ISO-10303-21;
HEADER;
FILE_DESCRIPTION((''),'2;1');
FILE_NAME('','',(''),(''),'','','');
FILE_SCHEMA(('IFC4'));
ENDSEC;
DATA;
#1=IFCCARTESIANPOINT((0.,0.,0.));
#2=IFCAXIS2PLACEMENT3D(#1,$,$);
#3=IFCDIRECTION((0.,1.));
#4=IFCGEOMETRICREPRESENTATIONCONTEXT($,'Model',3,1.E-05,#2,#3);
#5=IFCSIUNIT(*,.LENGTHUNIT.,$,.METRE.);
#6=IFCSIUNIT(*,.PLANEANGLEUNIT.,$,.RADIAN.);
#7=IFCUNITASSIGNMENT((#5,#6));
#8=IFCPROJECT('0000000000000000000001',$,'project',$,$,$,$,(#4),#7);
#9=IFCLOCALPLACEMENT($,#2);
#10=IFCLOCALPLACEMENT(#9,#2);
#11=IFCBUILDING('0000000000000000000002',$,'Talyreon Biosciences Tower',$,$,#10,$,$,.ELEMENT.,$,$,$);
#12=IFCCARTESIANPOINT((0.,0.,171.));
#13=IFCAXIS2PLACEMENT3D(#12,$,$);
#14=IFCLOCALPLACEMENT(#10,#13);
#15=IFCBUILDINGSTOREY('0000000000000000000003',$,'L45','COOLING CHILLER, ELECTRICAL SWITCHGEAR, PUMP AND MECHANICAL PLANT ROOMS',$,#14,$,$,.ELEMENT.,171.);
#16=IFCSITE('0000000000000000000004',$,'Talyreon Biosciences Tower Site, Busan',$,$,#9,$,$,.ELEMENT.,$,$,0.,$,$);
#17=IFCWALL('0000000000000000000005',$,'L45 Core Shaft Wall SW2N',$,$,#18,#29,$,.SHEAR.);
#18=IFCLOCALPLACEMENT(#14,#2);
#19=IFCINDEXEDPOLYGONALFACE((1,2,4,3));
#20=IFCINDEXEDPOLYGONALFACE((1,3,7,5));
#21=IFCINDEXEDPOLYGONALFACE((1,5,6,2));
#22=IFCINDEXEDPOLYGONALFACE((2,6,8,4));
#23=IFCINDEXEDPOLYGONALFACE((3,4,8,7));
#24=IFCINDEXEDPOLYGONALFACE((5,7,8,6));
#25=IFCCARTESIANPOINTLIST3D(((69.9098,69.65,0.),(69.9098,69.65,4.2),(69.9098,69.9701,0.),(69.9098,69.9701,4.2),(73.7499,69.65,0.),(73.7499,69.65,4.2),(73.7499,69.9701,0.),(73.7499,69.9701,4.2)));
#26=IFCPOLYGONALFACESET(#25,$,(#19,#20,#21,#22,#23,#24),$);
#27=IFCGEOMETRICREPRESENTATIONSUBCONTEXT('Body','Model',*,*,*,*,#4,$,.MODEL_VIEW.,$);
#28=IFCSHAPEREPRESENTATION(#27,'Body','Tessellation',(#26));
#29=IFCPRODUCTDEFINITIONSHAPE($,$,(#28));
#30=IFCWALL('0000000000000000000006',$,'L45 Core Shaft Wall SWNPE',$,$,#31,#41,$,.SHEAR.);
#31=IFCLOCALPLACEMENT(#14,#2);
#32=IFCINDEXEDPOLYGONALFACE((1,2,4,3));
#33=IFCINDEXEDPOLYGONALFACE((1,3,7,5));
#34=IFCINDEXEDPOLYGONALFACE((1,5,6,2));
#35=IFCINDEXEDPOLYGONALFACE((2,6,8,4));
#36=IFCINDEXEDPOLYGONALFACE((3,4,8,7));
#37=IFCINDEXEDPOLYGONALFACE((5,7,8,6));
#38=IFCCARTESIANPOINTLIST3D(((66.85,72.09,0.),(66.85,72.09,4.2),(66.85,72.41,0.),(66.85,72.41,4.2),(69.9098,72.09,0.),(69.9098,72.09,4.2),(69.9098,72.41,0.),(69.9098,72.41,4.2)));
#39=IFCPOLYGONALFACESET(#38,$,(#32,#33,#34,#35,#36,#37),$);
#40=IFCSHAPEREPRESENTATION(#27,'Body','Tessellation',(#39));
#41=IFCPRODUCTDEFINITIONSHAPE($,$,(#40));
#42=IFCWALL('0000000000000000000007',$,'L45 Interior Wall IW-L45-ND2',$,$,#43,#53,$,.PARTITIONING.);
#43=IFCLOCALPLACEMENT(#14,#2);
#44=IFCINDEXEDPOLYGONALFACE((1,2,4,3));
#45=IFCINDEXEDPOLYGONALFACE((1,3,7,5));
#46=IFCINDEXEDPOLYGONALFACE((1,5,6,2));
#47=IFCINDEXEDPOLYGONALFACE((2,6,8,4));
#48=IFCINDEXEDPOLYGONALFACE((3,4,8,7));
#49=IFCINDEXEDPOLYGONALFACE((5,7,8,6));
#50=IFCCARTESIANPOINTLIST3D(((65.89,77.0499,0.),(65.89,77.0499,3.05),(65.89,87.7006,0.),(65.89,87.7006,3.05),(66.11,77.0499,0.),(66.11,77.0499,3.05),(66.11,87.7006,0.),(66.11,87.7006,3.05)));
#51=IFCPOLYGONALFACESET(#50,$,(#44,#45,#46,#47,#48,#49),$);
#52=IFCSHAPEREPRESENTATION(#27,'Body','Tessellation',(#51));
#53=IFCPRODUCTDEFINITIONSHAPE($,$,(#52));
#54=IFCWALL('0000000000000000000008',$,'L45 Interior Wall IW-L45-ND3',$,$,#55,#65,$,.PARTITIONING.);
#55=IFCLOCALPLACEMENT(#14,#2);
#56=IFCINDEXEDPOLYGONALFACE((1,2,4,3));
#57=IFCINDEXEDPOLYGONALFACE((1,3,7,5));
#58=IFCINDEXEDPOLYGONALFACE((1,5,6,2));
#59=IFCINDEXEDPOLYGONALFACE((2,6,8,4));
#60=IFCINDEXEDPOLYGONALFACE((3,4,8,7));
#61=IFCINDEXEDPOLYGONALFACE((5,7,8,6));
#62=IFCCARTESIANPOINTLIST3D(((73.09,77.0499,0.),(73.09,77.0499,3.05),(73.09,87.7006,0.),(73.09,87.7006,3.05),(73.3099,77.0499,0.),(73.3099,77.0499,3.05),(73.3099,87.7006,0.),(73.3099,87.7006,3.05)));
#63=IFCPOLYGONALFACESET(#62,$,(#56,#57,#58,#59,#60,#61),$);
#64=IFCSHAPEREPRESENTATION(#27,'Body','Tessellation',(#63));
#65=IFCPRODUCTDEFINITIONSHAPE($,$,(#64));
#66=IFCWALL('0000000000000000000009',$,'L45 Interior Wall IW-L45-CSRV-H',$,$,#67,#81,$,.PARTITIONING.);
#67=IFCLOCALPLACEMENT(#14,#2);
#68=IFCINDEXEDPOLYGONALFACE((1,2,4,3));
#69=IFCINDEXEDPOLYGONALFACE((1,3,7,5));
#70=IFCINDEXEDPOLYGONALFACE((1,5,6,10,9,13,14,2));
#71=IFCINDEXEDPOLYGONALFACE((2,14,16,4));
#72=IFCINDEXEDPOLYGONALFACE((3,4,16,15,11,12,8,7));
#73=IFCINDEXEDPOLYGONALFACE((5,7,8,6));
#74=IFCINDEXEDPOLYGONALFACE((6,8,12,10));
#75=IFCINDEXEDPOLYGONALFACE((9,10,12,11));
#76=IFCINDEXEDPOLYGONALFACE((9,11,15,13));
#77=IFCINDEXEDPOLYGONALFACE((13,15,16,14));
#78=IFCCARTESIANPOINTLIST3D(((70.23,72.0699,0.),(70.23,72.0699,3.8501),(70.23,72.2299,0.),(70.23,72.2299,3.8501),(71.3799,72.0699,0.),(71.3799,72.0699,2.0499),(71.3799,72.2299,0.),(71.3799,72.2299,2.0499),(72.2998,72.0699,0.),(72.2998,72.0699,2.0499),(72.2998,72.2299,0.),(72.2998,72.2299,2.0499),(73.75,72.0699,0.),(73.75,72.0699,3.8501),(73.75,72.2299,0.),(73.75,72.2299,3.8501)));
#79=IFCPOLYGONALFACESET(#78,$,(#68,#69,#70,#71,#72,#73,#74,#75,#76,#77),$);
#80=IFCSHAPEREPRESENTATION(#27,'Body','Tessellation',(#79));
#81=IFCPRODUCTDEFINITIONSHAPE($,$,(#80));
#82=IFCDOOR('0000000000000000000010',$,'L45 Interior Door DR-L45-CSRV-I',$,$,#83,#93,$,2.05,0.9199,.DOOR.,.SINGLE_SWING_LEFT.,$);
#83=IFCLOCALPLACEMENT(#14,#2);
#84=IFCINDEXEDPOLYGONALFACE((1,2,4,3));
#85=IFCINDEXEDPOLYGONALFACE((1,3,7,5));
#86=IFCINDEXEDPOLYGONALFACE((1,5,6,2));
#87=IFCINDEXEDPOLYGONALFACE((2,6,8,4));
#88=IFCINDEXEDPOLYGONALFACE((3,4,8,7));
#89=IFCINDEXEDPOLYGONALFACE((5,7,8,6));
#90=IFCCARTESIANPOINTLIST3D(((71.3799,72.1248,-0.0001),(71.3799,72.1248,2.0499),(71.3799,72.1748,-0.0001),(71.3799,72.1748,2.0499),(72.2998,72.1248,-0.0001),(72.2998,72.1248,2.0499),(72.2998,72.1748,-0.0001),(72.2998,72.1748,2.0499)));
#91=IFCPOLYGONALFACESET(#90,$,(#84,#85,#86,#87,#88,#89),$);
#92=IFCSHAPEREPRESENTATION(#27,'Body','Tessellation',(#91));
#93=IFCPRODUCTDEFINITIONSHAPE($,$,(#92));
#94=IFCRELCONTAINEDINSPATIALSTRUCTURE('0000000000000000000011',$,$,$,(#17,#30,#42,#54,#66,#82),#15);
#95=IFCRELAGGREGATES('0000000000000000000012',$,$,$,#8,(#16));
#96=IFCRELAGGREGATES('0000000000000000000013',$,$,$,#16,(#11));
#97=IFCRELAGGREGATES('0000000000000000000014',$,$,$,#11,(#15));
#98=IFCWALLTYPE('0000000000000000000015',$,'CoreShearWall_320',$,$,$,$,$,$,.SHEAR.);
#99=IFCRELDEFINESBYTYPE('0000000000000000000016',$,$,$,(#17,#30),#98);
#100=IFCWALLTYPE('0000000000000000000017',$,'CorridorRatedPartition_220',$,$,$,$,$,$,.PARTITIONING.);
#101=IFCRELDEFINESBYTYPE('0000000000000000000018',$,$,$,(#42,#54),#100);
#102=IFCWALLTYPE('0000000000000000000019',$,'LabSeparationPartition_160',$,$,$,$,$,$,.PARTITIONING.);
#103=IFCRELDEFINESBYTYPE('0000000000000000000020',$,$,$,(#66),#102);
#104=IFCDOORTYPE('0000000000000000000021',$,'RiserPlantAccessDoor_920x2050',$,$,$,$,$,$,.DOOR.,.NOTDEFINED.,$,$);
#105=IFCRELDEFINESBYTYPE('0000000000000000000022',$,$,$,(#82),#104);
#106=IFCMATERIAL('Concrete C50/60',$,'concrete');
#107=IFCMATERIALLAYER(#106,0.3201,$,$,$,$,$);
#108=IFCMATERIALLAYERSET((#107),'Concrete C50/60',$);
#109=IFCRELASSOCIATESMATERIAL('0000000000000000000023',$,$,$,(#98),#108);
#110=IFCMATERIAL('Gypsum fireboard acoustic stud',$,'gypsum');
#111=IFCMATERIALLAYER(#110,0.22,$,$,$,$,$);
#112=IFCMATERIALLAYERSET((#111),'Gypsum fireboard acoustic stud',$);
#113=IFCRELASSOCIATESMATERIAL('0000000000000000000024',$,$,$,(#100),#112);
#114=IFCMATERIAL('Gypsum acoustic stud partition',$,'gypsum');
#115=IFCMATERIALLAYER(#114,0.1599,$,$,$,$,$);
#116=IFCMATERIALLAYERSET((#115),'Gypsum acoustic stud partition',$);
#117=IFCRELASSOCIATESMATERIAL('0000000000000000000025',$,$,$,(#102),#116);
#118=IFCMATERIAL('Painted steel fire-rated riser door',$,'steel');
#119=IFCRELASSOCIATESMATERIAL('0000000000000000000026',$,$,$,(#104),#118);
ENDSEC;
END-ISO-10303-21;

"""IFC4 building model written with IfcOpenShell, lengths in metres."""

from ifc_helpers import new_model, si_unit, direction, frame, frame_2d, origin, place, context, subcontext, project, spatial, rectangle, extrude, material, layer, layer_set, type_object, element, fill, save


model = new_model("IFC4")

# Units and contexts
model_context = context("Model", 3, precision=1e-05, world=origin(), true_north=direction((0.0, 1.0)))
body_context = subcontext(model_context, "Body", "Model", "MODEL_VIEW")
ifc_project = project(units=[si_unit("LENGTHUNIT", "METRE"), si_unit("PLANEANGLEUNIT", "RADIAN")], contexts=[model_context])

# Site, building, storey
site_placement = place(None, origin())
site = spatial("IfcSite", under=ifc_project, at=site_placement, Name="Talyreon Biosciences Tower Site, Busan", CompositionType="ELEMENT", RefElevation=0.0)
building_placement = place(site_placement, origin())
building = spatial("IfcBuilding", under=site, at=building_placement, Name="Talyreon Biosciences Tower", CompositionType="ELEMENT")
storey_placement = place(building_placement, frame((0.0, 0.0, 171.0)))
storey = spatial("IfcBuildingStorey", under=building, at=storey_placement, Name="L45", Description="COOLING CHILLER, ELECTRICAL SWITCHGEAR, PUMP AND MECHANICAL PLANT ROOMS", CompositionType="ELEMENT", Elevation=171.0)

# Shared definitions
ifc_material_1 = material(Name="Concrete C50/60", Category="concrete")

# Walls
ifc_layer_1 = layer(ifc_material_1, 0.3201)
ifc_layer_set_1 = layer_set([ifc_layer_1], Name="Concrete C50/60")
wall_type_1 = type_object("IfcWallType", Name="CoreShearWall_320", PredefinedType="SHEAR", material=ifc_layer_set_1)
wall_1_placement = place(storey_placement, frame((69.9099, 69.8101, 0.0), z_axis=(0.0, 0.0, 1.0), x_axis=(1.0, 0.0, 0.0)))
element("IfcWall", 1, at=wall_1_placement, inside=storey, type_object=wall_type_1, Name="L45 Core Shaft Wall SW2N", PredefinedType="SHEAR", context=body_context, shape_type="SweptSolid", body=[
    extrude(rectangle(XDim=3.8401, YDim=0.3201, at=frame_2d((1.9199, 0.0))), origin(), (0.0, 0.0, 1.0), 4.2),
])
wall_2_placement = place(storey_placement, frame((66.8501, 72.25, 0.0), z_axis=(0.0, 0.0, 1.0), x_axis=(1.0, 0.0, 0.0)))
element("IfcWall", 2, at=wall_2_placement, inside=storey, type_object=wall_type_1, Name="L45 Core Shaft Wall SWNPE", PredefinedType="SHEAR", context=body_context, shape_type="SweptSolid", body=[
    extrude(rectangle(XDim=3.0598, YDim=0.3201, at=frame_2d((1.5298, 0.0))), origin(), (0.0, 0.0, 1.0), 4.2),
])
ifc_material_2 = material(Name="Gypsum fireboard acoustic stud", Category="gypsum")
ifc_layer_2 = layer(ifc_material_2, 0.22)
ifc_layer_set_2 = layer_set([ifc_layer_2], Name="Gypsum fireboard acoustic stud")
wall_type_2 = type_object("IfcWallType", Name="CorridorRatedPartition_220", PredefinedType="PARTITIONING", material=ifc_layer_set_2)
for number, where, z_axis, x_axis, name in (
    (3, (66.0, 77.05, 0.0), (0.0, 0.0, 1.0), (0.0, 1.0, 0.0), "L45 Interior Wall IW-L45-ND2"),
    (4, (73.2, 77.05, 0.0), (0.0, 0.0, 1.0), (0.0, 1.0, 0.0), "L45 Interior Wall IW-L45-ND3"),
):
    element("IfcWall", number, at=place(storey_placement, frame(where, z_axis=z_axis, x_axis=x_axis)), inside=storey, type_object=wall_type_2, Name=name, PredefinedType="PARTITIONING", context=body_context, shape_type="SweptSolid", body=[
        extrude(rectangle(XDim=10.6506, YDim=0.22, at=frame_2d((5.3252, 0.0))), origin(), (0.0, 0.0, 1.0), 3.05),
    ])

# Wall, opening, door
ifc_material_3 = material(Name="Gypsum acoustic stud partition", Category="gypsum")
ifc_layer_3 = layer(ifc_material_3, 0.1599)
ifc_layer_set_3 = layer_set([ifc_layer_3], Name="Gypsum acoustic stud partition")
wall_type_3 = type_object("IfcWallType", Name="LabSeparationPartition_160", PredefinedType="PARTITIONING", material=ifc_layer_set_3)
wall_3_placement = place(storey_placement, frame((70.23, 72.1499, 0.0), z_axis=(0.0, 0.0, 1.0), x_axis=(1.0, 0.0, 0.0)))
wall_3 = element("IfcWall", 5, at=wall_3_placement, inside=storey, type_object=wall_type_3, Name="L45 Interior Wall IW-L45-CSRV-H", PredefinedType="PARTITIONING", context=body_context, shape_type="SweptSolid", body=[
    extrude(rectangle(XDim=3.52, YDim=0.1599, at=frame_2d((1.76, 0.0))), origin(), (0.0, 0.0, 1.0), 3.8501),
])
opening_placement = place(wall_3_placement, frame((1.1499, 0.0, 0.0)))
opening = element("IfcOpeningElement", 6, at=opening_placement, cuts=wall_3, PredefinedType="OPENING", context=body_context, shape_type="SweptSolid", body=[
    extrude(rectangle(XDim=0.9199, YDim=2.05, at=frame_2d((0.46, 1.0249))), frame((0.0, 0.0898, 0.0), z_axis=(0.0, -1.0, 0.0), x_axis=(1.0, 0.0, 0.0)), (0.0, 0.0, 1.0), 0.1799),
])
ifc_material_4 = material(Name="Painted steel fire-rated riser door", Category="steel")
door_type = type_object("IfcDoorType", Name="RiserPlantAccessDoor_920x2050", OperationType="NOTDEFINED", PredefinedType="DOOR", material=ifc_material_4)
door_placement = place(opening_placement, origin())
door = element("IfcDoor", 7, at=door_placement, inside=storey, type_object=door_type, Name="L45 Interior Door DR-L45-CSRV-I", OperationType="SINGLE_SWING_LEFT", OverallHeight=2.05, OverallWidth=0.9199, PredefinedType="DOOR", context=body_context, shape_type="SweptSolid", body=[
    extrude(rectangle(XDim=0.9199, YDim=2.05, at=frame_2d((0.46, 1.0249))), frame((0.0, 0.0249, 0.0), z_axis=(0.0, -1.0, 0.0), x_axis=(1.0, 0.0, 0.0)), (0.0, 0.0, 1.0), 0.05),
])
fill(opening, door)

save(model, "model.ifc")
